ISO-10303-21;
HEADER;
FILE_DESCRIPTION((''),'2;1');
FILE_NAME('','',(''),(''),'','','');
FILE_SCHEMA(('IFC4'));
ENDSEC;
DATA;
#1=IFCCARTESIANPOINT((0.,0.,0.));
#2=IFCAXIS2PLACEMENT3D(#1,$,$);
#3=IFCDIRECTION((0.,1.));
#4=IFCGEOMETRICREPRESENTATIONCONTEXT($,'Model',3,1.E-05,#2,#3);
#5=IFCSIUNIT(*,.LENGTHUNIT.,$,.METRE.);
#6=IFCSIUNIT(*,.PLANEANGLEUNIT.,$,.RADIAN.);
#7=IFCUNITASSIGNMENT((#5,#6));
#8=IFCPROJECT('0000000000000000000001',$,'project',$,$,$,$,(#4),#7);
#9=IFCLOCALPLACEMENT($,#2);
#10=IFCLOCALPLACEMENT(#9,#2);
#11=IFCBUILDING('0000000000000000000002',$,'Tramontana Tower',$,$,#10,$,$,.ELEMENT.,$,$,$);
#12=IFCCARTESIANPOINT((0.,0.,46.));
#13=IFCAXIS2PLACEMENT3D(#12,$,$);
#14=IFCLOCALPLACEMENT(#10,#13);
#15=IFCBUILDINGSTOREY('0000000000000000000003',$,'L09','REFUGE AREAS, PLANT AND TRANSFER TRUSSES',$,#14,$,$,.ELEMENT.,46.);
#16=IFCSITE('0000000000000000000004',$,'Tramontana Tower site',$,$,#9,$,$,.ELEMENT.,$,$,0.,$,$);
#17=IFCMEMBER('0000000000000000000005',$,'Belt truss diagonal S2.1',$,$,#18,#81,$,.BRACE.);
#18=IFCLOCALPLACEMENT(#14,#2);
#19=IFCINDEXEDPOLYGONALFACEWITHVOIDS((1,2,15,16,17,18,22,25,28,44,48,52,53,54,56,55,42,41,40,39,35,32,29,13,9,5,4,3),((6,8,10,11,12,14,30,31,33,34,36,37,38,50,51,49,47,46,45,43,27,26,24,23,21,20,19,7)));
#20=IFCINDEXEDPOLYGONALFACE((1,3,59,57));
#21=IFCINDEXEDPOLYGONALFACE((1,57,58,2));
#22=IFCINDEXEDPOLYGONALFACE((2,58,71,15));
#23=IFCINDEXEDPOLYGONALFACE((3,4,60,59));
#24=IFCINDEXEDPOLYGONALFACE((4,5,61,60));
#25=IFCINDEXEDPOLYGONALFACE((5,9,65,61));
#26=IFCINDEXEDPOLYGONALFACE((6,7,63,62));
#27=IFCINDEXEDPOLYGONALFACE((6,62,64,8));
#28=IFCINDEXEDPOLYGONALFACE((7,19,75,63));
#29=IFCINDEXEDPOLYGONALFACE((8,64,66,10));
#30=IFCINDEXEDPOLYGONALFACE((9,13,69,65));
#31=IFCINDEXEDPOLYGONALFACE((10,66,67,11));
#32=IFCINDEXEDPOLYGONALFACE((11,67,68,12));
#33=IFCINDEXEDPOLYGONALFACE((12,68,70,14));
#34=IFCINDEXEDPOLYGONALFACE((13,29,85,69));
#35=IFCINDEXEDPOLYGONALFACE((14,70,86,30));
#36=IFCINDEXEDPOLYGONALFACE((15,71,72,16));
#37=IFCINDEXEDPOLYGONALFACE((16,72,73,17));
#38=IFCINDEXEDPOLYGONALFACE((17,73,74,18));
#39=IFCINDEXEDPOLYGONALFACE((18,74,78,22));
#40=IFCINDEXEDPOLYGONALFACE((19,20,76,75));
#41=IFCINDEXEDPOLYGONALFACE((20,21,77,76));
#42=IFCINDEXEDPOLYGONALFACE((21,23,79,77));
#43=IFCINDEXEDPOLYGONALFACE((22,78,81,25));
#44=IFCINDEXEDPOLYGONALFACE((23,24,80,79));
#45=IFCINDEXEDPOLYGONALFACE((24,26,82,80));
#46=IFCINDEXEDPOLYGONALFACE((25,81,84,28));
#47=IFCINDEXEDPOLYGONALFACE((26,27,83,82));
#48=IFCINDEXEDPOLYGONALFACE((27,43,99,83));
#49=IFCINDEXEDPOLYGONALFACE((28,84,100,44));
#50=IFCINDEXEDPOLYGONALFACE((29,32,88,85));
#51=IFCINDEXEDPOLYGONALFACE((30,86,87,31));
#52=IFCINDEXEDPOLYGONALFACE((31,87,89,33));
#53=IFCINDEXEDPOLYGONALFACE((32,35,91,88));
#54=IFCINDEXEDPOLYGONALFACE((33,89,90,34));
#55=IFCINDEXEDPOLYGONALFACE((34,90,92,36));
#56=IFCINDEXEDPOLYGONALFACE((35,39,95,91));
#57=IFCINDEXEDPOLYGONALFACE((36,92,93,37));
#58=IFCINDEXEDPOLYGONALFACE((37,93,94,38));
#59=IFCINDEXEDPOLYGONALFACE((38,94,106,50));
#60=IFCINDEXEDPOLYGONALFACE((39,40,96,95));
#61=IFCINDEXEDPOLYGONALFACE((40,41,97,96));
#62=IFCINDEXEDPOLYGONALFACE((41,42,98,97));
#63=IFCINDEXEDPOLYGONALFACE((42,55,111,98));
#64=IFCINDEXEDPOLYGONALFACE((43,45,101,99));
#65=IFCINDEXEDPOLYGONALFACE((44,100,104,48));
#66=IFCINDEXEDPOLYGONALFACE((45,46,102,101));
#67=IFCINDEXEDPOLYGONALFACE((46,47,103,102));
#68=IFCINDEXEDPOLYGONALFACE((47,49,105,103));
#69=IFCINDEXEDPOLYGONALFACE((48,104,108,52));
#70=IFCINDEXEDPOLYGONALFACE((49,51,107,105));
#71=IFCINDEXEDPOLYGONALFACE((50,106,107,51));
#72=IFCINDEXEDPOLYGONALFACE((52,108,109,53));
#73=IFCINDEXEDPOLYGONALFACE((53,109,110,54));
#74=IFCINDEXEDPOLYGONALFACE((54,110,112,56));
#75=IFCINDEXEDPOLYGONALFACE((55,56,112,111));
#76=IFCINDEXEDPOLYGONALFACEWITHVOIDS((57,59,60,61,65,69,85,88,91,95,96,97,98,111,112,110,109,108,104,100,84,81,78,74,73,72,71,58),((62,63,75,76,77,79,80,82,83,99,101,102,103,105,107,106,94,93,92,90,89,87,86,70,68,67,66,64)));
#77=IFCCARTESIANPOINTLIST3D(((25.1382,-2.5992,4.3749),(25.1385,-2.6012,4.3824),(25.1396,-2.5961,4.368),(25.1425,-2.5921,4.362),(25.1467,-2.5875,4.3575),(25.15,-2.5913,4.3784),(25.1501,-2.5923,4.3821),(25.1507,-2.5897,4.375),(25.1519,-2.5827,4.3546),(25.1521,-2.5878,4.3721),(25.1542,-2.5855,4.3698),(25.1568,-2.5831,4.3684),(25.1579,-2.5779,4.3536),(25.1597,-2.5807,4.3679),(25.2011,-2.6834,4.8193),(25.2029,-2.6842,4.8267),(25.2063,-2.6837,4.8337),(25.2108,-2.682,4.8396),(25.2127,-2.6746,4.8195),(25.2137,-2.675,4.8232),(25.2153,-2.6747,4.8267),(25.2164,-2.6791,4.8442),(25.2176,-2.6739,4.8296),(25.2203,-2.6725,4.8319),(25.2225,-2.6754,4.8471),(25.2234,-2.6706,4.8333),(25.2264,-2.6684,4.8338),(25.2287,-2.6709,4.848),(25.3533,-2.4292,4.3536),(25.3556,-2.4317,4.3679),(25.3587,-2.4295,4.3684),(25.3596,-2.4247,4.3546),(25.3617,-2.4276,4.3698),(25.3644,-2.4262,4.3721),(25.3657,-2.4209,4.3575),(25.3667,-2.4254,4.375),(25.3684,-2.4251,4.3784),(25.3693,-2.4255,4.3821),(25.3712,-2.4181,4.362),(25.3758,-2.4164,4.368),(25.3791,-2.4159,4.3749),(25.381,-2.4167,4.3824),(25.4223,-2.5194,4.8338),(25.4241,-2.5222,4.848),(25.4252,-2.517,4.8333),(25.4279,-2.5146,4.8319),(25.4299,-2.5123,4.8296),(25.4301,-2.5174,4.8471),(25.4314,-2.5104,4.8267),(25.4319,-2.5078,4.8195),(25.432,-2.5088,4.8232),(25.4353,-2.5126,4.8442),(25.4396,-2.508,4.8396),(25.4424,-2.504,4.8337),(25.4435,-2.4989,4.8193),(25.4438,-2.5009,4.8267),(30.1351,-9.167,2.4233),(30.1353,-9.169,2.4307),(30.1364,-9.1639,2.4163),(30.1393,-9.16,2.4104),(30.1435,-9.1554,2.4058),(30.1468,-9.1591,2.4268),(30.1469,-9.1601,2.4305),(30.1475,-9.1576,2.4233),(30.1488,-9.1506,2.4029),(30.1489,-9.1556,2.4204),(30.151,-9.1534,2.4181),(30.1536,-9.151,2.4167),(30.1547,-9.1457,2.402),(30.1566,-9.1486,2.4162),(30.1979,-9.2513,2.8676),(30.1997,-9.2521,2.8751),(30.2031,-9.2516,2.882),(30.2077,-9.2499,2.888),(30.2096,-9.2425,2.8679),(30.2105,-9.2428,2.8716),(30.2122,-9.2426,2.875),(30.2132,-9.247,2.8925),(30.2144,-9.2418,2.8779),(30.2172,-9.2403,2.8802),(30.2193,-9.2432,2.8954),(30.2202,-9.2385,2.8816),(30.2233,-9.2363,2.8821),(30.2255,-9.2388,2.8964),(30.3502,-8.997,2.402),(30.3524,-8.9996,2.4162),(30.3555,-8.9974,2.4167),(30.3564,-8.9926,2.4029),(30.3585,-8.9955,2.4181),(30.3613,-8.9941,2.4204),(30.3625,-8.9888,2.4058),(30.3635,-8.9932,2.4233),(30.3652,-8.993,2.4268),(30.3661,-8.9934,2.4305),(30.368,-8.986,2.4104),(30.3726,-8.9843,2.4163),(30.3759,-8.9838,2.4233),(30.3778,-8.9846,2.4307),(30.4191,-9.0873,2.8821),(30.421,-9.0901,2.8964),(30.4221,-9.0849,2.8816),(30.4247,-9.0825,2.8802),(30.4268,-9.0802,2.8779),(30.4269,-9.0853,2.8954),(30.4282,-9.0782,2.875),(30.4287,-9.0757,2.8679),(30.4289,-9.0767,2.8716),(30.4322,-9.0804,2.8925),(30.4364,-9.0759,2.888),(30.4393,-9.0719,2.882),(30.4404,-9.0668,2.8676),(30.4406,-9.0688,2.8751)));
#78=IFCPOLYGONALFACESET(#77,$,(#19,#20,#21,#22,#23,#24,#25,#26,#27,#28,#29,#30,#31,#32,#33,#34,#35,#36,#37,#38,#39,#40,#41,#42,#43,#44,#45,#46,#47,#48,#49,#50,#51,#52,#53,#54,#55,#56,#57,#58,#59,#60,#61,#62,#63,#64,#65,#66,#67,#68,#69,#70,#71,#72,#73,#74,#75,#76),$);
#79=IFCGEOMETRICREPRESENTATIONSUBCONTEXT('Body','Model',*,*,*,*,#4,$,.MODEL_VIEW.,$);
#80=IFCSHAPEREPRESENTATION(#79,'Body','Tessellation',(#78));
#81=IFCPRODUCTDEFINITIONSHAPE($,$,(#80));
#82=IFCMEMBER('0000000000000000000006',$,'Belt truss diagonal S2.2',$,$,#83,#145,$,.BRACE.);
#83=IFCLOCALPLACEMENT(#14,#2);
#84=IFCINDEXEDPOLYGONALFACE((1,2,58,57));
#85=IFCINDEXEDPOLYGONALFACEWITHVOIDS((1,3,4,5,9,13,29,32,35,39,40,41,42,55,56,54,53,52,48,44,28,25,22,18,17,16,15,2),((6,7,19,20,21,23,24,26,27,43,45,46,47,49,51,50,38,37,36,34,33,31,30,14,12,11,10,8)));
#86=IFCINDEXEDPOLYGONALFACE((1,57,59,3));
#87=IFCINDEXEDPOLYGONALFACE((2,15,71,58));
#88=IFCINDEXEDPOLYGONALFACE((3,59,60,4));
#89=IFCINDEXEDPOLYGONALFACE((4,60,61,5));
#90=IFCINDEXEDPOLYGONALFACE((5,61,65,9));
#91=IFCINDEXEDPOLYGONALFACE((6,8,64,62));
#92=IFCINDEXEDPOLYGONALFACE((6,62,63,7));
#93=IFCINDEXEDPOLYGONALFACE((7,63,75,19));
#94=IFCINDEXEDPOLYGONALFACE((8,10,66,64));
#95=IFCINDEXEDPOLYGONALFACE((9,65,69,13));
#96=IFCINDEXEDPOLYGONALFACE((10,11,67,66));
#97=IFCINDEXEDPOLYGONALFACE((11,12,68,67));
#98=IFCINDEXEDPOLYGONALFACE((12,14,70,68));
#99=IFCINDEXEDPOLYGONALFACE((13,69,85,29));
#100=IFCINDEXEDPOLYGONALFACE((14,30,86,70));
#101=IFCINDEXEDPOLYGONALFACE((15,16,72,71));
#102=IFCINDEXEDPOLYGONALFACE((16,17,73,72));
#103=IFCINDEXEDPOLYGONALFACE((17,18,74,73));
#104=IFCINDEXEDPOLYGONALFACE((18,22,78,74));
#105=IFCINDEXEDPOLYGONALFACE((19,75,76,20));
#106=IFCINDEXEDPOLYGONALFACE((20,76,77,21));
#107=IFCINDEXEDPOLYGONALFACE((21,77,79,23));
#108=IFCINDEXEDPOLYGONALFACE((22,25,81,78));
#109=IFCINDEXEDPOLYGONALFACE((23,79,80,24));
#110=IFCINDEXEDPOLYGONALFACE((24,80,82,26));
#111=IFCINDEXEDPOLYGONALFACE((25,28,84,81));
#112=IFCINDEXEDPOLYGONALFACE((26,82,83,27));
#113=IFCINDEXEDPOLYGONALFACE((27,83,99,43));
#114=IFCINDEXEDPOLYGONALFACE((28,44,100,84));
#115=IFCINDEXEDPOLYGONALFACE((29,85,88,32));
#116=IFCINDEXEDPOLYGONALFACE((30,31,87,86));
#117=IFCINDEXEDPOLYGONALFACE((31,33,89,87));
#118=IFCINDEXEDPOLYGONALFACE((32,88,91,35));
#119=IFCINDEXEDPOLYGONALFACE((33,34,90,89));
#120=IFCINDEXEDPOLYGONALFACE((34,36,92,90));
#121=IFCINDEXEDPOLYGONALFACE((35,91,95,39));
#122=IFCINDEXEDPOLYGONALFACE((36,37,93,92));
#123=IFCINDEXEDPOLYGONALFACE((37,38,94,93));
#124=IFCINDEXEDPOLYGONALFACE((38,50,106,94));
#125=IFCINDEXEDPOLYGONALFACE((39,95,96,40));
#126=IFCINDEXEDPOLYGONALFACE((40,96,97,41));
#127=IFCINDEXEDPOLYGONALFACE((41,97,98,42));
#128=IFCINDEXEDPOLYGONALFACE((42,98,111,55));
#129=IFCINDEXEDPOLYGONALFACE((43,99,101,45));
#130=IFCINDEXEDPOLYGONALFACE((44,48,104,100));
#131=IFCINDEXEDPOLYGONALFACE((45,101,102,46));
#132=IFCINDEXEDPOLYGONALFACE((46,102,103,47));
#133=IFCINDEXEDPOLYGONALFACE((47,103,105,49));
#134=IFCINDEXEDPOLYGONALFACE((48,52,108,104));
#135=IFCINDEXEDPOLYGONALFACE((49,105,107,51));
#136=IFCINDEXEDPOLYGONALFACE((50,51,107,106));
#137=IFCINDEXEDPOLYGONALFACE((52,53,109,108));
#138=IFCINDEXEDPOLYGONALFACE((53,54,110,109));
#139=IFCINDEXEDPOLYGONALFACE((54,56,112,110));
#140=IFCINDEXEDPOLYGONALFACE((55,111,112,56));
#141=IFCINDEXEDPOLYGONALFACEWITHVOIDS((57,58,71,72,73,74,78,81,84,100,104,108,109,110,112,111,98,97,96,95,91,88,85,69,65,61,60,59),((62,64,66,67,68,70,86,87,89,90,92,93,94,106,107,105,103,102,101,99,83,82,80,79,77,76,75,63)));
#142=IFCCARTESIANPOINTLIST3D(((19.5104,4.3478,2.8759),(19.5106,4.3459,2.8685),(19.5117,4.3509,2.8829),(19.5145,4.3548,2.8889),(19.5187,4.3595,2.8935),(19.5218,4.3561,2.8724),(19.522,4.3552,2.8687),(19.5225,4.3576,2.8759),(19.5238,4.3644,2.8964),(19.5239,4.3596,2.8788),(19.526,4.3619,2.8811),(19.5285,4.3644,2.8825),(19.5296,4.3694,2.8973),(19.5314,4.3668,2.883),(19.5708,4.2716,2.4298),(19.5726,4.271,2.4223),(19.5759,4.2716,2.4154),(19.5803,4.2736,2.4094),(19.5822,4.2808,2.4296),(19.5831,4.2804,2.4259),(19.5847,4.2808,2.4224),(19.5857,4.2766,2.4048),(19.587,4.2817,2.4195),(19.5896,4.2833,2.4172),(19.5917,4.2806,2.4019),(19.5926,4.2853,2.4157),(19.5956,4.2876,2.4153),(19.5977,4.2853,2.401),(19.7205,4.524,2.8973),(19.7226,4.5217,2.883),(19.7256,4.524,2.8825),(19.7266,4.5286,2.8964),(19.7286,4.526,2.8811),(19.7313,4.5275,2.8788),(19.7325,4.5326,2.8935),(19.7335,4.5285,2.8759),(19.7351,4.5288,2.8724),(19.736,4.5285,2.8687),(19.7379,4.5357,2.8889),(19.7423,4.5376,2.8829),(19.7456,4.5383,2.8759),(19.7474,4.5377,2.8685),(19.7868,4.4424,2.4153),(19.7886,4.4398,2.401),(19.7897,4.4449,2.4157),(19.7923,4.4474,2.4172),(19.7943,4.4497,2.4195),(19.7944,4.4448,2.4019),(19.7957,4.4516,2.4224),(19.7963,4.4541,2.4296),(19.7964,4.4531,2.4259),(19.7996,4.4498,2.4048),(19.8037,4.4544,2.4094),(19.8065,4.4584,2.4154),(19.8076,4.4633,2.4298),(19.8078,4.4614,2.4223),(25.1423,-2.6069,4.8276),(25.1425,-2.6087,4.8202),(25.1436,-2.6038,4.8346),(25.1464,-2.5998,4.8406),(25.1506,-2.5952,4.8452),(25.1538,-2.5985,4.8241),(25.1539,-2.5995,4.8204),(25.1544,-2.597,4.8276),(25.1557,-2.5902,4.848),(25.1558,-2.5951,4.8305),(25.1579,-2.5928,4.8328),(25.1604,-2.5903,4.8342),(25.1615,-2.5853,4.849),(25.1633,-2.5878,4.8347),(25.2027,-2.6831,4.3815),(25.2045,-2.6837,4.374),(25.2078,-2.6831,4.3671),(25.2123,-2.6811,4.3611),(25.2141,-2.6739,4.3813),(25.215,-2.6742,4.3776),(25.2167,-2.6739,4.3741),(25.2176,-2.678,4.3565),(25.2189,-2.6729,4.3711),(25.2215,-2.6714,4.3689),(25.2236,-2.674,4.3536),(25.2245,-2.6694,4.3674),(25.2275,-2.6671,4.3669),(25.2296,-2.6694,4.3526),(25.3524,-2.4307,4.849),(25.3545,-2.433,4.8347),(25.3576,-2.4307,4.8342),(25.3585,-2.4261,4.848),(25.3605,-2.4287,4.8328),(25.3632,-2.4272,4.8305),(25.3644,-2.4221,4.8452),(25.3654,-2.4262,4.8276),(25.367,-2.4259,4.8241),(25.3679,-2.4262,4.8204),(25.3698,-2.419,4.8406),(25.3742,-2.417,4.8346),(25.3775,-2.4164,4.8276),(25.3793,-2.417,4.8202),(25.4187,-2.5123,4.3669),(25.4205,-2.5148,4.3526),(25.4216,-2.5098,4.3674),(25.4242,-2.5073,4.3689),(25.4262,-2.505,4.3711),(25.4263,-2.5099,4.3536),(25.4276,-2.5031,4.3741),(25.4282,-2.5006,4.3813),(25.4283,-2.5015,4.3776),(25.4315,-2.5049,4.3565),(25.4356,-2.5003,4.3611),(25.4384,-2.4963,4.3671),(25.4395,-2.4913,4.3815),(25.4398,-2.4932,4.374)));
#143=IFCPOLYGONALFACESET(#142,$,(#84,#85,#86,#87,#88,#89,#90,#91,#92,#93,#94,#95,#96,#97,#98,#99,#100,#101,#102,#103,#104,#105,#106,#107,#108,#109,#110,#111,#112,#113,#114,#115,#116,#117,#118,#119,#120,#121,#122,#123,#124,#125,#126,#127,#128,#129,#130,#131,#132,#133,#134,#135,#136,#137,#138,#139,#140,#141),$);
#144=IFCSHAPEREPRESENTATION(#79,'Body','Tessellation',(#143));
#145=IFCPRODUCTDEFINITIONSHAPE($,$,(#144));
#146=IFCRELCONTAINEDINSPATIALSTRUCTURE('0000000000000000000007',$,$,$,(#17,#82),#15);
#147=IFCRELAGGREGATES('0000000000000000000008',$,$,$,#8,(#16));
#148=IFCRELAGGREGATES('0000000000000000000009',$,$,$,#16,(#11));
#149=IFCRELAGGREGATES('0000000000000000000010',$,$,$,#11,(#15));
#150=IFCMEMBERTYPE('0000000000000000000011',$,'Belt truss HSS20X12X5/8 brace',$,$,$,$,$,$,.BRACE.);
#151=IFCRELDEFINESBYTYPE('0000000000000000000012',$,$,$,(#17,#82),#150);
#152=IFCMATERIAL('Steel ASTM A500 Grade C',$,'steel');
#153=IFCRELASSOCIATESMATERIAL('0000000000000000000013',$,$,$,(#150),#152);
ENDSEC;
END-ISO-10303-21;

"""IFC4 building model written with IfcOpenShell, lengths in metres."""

from ifc_helpers import new_model, si_unit, direction, frame, origin, origin_2d, place, context, subcontext, project, spatial, hollow_rectangle, extrude, material, material_profile, profile_set, type_object, element, save


model = new_model("IFC4")

# Units and contexts
model_context = context("Model", 3, precision=1e-05, world=origin(), true_north=direction((0.0, 1.0)))
body_context = subcontext(model_context, "Body", "Model", "MODEL_VIEW")
ifc_project = project(units=[si_unit("LENGTHUNIT", "METRE"), si_unit("PLANEANGLEUNIT", "RADIAN")], contexts=[model_context])

# Site, building, storey
site_placement = place(None, origin())
site = spatial("IfcSite", under=ifc_project, at=site_placement, Name="Tramontana Tower site", CompositionType="ELEMENT", RefElevation=0.0)
building_placement = place(site_placement, origin())
building = spatial("IfcBuilding", under=site, at=building_placement, Name="Tramontana Tower", CompositionType="ELEMENT")
storey_placement = place(building_placement, frame((0.0, 0.0, 46.0)))
storey = spatial("IfcBuildingStorey", under=building, at=storey_placement, Name="L09", Description="REFUGE AREAS, PLANT AND TRANSFER TRUSSES", CompositionType="ELEMENT", Elevation=46.0)

# Members
ifc_material_1 = material(Name="Steel ASTM A500 Grade C", Category="steel")
ifc_material_profile_1 = material_profile(ifc_material_1, hollow_rectangle(XDim=0.3047, YDim=0.5081, WallThickness=0.0146, InnerFilletRadius=0.0146, OuterFilletRadius=0.0295, at=origin_2d()), Name="HSS20X12X5/8")
ifc_profile_set_1 = profile_set([ifc_material_profile_1], Name="Steel ASTM A500 Grade C")
member_type_1 = type_object("IfcMemberType", Name="Belt truss HSS20X12X5/8 brace", PredefinedType="BRACE", material=ifc_profile_set_1)
member_1_placement = place(storey_placement, frame((30.2878, -9.1179, 2.6492), z_axis=(-0.589233, 0.774493, 0.230143), x_axis=(-0.795856, -0.605486, 0.0)))
element("IfcMember", 1, at=member_1_placement, inside=storey, type_object=member_type_1, Name="Belt truss diagonal S2.1", PredefinedType="BRACE", context=body_context, shape_type="SweptSolid", body=[
    extrude(hollow_rectangle(XDim=0.3047, YDim=0.5081, WallThickness=0.0146, InnerFilletRadius=0.0146, OuterFilletRadius=0.0295, at=origin_2d()), origin(), (0.0, 0.0, 1.0), 8.4802),
])
member_2_placement = place(storey_placement, frame((25.291, -2.55, 4.6008), z_axis=(-0.614876, 0.759292, -0.213079), x_axis=(-0.777139, -0.629328, 0.0)))
element("IfcMember", 2, at=member_2_placement, inside=storey, type_object=member_type_1, Name="Belt truss diagonal S2.2", PredefinedType="BRACE", context=body_context, shape_type="SweptSolid", body=[
    extrude(hollow_rectangle(XDim=0.3047, YDim=0.5081, WallThickness=0.0146, InnerFilletRadius=0.0146, OuterFilletRadius=0.0295, at=origin_2d()), origin(), (0.0, 0.0, 1.0), 9.1594),
])

save(model, "model.ifc")
